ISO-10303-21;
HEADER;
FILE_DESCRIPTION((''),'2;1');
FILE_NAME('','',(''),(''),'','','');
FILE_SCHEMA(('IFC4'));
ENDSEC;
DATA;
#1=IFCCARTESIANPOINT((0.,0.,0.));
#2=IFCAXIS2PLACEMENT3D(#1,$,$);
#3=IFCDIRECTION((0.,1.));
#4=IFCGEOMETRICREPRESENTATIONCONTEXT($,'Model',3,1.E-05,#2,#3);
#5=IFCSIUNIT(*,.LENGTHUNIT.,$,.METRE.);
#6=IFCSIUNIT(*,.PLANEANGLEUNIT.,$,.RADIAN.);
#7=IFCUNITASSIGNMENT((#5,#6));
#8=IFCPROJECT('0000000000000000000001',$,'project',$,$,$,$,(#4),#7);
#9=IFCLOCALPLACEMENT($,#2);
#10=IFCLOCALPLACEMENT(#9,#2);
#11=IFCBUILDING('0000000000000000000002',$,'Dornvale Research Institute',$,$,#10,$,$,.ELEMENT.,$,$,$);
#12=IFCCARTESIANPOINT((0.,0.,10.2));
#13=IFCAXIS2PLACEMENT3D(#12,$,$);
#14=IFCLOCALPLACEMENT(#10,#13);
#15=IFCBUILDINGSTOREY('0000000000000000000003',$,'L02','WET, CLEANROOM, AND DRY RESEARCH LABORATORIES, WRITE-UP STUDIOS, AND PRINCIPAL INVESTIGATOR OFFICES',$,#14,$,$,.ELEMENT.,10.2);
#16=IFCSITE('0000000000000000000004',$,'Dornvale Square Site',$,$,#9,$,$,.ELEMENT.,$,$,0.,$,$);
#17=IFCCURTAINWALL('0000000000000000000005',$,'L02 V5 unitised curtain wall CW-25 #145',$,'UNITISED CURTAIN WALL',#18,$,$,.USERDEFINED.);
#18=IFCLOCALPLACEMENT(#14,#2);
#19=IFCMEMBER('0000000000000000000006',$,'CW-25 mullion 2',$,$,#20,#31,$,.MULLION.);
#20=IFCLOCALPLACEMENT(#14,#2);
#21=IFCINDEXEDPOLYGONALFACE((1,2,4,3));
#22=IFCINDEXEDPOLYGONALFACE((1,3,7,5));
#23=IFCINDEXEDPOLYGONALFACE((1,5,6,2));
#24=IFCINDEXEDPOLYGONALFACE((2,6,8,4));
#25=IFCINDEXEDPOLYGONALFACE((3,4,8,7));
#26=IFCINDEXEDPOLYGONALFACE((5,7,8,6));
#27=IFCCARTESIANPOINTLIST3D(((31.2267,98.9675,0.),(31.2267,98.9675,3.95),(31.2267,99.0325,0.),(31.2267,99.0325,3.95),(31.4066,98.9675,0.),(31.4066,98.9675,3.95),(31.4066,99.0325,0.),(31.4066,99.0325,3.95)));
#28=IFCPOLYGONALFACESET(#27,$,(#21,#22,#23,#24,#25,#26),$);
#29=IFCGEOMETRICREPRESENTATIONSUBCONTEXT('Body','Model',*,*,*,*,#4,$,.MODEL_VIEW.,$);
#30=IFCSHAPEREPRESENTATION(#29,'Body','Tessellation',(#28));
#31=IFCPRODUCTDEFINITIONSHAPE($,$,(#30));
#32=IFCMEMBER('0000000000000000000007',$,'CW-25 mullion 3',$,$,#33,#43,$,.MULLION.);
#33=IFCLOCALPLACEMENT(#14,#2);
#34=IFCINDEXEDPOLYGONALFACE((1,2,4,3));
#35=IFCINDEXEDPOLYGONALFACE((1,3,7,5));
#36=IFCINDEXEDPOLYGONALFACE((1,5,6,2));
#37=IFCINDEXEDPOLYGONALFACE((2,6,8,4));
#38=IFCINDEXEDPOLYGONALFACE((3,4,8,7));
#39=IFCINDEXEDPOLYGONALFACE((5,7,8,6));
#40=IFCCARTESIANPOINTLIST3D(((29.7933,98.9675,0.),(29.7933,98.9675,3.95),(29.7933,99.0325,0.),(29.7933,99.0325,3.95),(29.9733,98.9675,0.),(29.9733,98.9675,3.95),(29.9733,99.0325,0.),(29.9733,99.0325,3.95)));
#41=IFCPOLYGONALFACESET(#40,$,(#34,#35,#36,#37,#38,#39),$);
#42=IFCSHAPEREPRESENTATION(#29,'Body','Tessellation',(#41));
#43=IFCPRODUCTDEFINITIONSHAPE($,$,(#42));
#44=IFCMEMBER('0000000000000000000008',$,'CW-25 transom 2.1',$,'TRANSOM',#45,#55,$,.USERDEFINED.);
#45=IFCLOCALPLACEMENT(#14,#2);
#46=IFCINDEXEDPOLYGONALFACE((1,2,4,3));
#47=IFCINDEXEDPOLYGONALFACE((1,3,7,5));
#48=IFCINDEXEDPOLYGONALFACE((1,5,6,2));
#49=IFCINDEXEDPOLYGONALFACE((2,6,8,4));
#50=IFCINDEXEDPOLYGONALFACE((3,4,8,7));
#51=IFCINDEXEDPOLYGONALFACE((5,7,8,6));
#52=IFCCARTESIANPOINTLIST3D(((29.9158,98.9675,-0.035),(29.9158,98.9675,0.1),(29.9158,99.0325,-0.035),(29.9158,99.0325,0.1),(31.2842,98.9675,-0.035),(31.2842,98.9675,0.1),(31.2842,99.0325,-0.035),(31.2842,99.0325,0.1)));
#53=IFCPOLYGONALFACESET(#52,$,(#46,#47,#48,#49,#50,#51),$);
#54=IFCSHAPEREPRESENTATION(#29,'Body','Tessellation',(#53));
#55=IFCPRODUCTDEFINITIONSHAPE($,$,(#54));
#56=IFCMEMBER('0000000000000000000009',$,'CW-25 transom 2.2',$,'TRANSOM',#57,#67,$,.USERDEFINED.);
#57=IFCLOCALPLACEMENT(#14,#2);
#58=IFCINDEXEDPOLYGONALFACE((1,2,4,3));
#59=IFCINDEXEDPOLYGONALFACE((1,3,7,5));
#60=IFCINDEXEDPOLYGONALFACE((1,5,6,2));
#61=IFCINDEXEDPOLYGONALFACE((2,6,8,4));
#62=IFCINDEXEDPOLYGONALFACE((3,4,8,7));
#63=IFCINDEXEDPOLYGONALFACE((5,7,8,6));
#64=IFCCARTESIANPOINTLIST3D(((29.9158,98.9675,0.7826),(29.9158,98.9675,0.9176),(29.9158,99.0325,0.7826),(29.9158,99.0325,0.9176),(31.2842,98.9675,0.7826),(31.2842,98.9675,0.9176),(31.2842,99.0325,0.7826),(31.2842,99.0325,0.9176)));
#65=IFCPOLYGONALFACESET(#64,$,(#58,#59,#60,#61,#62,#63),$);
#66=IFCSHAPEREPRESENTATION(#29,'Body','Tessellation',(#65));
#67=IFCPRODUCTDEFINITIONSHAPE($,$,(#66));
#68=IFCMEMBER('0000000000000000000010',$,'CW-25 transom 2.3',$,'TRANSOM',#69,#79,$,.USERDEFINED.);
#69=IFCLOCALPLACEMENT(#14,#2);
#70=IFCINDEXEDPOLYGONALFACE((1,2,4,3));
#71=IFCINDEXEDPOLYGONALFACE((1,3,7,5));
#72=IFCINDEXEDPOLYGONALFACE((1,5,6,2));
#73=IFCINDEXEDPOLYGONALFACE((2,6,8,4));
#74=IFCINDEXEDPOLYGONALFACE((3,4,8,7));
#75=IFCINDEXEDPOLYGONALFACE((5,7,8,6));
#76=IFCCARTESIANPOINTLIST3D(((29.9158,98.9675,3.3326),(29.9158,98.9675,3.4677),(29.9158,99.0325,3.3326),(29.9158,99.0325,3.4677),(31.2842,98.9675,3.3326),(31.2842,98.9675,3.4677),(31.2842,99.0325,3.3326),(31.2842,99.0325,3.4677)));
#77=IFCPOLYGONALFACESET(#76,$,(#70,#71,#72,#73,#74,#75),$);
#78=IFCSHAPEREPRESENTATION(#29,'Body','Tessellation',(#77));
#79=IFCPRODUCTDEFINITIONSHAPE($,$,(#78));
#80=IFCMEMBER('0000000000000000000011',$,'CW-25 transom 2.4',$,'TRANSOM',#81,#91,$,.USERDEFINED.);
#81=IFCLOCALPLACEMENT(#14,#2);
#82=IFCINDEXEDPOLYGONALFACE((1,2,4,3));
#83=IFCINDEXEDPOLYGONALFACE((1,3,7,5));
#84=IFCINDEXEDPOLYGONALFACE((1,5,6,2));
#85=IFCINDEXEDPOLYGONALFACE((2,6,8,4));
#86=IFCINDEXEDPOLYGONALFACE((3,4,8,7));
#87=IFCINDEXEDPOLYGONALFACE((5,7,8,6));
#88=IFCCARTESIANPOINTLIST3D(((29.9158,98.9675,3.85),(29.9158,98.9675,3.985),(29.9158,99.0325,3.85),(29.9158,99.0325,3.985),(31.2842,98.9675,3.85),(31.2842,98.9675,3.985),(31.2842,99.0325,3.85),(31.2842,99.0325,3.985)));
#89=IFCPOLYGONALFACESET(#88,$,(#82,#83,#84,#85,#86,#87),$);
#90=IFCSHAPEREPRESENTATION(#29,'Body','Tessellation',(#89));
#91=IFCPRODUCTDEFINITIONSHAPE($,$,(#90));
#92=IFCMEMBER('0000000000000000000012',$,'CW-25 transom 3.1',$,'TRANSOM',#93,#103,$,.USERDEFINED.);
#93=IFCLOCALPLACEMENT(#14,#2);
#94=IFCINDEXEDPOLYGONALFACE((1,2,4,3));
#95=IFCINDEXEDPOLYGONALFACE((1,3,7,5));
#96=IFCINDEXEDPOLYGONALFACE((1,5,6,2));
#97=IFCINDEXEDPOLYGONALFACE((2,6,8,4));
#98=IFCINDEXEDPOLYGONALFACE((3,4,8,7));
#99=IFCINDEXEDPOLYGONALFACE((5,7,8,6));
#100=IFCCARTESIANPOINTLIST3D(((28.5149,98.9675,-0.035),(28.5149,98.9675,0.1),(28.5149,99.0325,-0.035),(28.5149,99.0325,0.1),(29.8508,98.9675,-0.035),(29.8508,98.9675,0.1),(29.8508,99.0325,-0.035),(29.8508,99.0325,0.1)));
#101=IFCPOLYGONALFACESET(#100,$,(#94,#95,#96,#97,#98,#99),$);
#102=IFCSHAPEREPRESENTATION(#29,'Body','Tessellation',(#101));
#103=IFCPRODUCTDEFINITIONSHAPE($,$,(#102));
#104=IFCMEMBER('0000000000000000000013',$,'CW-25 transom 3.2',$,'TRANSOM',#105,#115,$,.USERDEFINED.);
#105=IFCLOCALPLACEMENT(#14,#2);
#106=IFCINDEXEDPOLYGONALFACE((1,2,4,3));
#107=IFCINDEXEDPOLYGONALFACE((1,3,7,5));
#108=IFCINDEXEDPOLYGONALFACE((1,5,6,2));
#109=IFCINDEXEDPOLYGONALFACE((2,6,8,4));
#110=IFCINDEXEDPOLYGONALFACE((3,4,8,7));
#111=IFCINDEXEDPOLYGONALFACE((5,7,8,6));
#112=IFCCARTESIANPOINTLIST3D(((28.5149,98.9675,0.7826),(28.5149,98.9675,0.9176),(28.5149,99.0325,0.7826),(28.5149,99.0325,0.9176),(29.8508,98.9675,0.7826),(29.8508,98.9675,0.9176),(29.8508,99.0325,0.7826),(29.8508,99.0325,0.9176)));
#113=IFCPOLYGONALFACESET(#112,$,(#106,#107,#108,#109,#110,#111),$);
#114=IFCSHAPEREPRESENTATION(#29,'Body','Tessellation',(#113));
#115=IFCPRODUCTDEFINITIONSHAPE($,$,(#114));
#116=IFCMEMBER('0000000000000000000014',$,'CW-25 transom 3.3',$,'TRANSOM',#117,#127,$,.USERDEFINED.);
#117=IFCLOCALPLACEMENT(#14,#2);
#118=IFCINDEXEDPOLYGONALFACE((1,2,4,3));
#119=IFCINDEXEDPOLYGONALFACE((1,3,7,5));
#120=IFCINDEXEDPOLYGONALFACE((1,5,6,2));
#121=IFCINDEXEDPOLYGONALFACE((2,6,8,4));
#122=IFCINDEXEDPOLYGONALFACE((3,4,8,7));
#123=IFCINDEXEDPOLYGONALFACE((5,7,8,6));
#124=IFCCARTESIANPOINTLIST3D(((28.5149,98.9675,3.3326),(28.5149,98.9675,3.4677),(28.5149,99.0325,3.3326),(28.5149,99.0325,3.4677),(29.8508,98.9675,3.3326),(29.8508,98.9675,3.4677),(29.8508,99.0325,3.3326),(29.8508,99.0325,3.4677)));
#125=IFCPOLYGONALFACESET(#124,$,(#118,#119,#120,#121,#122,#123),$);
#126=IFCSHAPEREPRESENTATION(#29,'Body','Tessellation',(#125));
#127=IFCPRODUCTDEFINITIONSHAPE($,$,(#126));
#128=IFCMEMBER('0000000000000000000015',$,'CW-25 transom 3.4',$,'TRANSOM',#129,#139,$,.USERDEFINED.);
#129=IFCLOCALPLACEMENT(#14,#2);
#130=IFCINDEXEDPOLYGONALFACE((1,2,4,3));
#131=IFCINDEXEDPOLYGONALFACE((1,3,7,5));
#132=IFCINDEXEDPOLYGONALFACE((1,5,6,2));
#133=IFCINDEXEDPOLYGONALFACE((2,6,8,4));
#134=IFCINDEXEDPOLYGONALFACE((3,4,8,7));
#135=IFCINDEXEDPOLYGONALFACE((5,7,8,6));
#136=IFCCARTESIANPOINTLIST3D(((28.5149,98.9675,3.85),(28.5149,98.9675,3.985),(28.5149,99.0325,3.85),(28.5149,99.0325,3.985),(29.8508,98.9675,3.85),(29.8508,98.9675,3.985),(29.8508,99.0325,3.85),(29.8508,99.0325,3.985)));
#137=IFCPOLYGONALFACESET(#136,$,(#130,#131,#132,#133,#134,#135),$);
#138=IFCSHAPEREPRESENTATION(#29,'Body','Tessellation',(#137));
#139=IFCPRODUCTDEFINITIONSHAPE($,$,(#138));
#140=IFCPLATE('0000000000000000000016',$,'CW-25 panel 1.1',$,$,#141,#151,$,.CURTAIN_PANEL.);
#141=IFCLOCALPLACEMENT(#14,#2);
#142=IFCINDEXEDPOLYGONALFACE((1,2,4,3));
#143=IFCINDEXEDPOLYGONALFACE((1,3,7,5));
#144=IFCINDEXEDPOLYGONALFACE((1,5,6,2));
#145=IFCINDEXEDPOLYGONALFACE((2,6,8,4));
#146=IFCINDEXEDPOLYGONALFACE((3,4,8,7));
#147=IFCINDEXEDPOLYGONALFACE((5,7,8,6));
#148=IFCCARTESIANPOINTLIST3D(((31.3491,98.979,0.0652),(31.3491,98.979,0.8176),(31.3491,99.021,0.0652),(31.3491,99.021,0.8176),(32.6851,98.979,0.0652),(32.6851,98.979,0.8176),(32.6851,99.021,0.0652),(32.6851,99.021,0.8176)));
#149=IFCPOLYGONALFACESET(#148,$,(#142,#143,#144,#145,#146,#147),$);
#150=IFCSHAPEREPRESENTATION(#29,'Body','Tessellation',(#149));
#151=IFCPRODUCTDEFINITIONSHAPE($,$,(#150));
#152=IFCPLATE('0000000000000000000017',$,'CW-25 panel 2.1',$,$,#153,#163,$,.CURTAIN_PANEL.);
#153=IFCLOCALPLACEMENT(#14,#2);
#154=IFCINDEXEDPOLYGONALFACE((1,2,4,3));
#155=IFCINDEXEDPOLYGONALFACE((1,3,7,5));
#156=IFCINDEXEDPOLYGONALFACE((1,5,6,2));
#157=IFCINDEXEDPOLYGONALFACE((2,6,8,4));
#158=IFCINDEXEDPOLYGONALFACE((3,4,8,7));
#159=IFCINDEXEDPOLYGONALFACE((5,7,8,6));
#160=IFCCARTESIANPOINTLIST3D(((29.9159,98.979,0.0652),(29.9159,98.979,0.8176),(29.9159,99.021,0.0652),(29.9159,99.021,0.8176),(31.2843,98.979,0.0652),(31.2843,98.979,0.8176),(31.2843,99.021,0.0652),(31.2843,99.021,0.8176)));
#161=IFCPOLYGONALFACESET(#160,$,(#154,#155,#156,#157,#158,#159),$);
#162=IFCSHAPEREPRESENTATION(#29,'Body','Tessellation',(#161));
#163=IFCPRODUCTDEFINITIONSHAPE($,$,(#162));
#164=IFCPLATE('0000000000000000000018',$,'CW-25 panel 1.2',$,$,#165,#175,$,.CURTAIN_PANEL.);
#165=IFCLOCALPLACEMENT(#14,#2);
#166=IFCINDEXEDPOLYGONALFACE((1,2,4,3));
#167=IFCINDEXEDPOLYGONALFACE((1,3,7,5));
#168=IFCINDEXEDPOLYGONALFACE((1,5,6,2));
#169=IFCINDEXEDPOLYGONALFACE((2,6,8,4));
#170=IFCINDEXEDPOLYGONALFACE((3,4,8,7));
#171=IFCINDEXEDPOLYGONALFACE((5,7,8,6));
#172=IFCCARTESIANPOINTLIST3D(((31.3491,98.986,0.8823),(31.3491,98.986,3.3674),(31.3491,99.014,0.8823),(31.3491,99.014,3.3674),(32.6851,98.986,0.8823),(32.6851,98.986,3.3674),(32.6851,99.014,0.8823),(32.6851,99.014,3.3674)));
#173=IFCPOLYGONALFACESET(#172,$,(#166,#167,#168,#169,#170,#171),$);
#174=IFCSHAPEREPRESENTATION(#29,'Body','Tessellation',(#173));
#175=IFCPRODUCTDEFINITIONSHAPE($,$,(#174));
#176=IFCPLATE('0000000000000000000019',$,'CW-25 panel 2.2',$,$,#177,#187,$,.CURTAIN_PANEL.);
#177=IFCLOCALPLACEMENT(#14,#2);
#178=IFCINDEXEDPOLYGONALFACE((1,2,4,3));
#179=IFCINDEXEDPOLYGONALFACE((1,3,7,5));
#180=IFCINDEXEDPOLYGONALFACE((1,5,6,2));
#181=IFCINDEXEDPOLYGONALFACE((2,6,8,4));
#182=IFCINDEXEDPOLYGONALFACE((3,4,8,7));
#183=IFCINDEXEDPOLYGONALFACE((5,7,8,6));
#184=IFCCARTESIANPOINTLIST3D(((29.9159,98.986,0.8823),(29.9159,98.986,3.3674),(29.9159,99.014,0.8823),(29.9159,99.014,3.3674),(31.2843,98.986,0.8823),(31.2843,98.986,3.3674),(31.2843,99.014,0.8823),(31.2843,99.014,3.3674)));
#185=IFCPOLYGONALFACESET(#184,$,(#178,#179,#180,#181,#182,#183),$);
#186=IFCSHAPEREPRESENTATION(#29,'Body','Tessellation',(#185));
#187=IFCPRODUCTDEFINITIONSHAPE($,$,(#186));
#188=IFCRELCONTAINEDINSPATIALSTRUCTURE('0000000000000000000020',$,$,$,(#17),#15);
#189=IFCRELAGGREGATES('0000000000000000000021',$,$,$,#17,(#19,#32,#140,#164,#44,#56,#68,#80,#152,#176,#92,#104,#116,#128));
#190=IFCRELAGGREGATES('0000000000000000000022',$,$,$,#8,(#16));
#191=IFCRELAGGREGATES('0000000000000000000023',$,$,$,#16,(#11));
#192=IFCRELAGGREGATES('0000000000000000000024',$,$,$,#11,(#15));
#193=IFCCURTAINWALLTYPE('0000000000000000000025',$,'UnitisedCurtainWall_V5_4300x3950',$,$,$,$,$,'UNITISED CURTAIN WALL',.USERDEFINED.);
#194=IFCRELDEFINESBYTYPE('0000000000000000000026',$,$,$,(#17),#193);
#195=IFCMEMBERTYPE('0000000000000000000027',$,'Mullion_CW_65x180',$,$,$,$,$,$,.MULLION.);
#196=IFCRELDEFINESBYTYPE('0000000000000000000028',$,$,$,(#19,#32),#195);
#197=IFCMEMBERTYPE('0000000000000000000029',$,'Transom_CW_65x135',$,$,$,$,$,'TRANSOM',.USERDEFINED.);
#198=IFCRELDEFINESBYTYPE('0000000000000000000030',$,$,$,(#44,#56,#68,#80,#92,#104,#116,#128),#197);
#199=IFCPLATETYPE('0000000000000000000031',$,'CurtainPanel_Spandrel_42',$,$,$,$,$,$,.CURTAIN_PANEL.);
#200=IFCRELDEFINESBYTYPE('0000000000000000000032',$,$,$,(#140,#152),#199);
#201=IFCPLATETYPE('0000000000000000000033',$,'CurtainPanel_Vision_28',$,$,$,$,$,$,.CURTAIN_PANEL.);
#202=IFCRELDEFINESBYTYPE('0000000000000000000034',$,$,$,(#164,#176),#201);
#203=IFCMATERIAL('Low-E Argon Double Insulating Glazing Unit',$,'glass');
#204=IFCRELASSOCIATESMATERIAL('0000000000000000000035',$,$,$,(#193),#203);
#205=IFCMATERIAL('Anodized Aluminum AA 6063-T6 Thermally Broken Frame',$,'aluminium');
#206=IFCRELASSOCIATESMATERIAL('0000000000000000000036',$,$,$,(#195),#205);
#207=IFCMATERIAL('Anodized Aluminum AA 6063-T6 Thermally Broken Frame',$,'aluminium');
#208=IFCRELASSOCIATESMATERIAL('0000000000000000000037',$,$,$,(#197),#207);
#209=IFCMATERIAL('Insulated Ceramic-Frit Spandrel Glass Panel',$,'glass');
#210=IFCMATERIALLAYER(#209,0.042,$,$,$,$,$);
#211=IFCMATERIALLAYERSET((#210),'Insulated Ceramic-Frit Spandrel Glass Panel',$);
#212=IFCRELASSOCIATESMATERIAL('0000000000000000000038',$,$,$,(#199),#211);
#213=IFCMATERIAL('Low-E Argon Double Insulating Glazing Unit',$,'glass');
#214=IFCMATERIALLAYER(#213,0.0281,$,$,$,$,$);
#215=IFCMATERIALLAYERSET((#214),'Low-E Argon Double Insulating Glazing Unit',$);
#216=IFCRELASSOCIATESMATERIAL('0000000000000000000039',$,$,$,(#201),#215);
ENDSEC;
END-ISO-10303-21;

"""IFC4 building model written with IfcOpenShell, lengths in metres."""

from ifc_helpers import new_model, si_unit, direction, frame, origin, origin_2d, place, context, subcontext, project, spatial, rectangle, extrude, material, layer, layer_set, material_profile, profile_set, type_object, element, aggregate, save


model = new_model("IFC4")

# Units and contexts
model_context = context("Model", 3, precision=1e-05, world=origin(), true_north=direction((0.0, 1.0)))
body_context = subcontext(model_context, "Body", "Model", "MODEL_VIEW")
ifc_project = project(units=[si_unit("LENGTHUNIT", "METRE"), si_unit("PLANEANGLEUNIT", "RADIAN")], contexts=[model_context])

# Site, building, storey
site_placement = place(None, origin())
site = spatial("IfcSite", under=ifc_project, at=site_placement, Name="Dornvale Square Site", CompositionType="ELEMENT", RefElevation=0.0)
building_placement = place(site_placement, origin())
building = spatial("IfcBuilding", under=site, at=building_placement, Name="Dornvale Research Institute", CompositionType="ELEMENT")
storey_placement = place(building_placement, frame((0.0, 0.0, 10.2)))
storey = spatial("IfcBuildingStorey", under=building, at=storey_placement, Name="L02", Description="WET, CLEANROOM, AND DRY RESEARCH LABORATORIES, WRITE-UP STUDIOS, AND PRINCIPAL INVESTIGATOR OFFICES", CompositionType="ELEMENT", Elevation=10.2)

# Curtain wall, members, plates
ifc_material_1 = material(Name="Low-E Argon Double Insulating Glazing Unit", Category="glass")
curtain_wall_type = type_object("IfcCurtainWallType", Name="UnitisedCurtainWall_V5_4300x3950", ElementType="UNITISED CURTAIN WALL", PredefinedType="USERDEFINED", material=ifc_material_1)
curtain_wall_placement = place(storey_placement, origin())
curtain_wall = element("IfcCurtainWall", 1, at=curtain_wall_placement, inside=storey, type_object=curtain_wall_type, Name="L02 V5 unitised curtain wall CW-25 #145", ObjectType="UNITISED CURTAIN WALL", PredefinedType="USERDEFINED")
ifc_material_2 = material(Name="Anodized Aluminum AA 6063-T6 Thermally Broken Frame", Category="aluminium")
ifc_material_profile_1 = material_profile(ifc_material_2, rectangle(XDim=0.0649, YDim=0.1799, at=origin_2d()), Name="ALU MULLION 65x180")
ifc_profile_set_1 = profile_set([ifc_material_profile_1], Name="Anodized Aluminum AA 6063-T6 Thermally Broken Frame")
member_type_1 = type_object("IfcMemberType", Name="Mullion_CW_65x180", PredefinedType="MULLION", material=ifc_profile_set_1)
member_1_placement = place(storey_placement, frame((31.3167, 99.0, 0.0), z_axis=(0.0, 0.0, 1.0), x_axis=(0.0, -1.0, 0.0)))
member_1 = element("IfcMember", 2, at=member_1_placement, type_object=member_type_1, Name="CW-25 mullion 2", PredefinedType="MULLION", context=body_context, shape_type="SweptSolid", body=[
    extrude(rectangle(XDim=0.0649, YDim=0.1799, at=origin_2d()), origin(), (0.0, 0.0, 1.0), 3.95),
])
member_2_placement = place(storey_placement, frame((29.8833, 99.0, 0.0), z_axis=(0.0, 0.0, 1.0), x_axis=(0.0, -1.0, 0.0)))
member_2 = element("IfcMember", 3, at=member_2_placement, type_object=member_type_1, Name="CW-25 mullion 3", PredefinedType="MULLION", context=body_context, shape_type="SweptSolid", body=[
    extrude(rectangle(XDim=0.0649, YDim=0.1799, at=origin_2d()), origin(), (0.0, 0.0, 1.0), 3.95),
])
ifc_material_3 = material(Name="Anodized Aluminum AA 6063-T6 Thermally Broken Frame", Category="aluminium")
ifc_material_profile_2 = material_profile(ifc_material_3, rectangle(XDim=0.0649, YDim=0.135, at=origin_2d()), Name="ALU TRANSOM 65x135")
ifc_profile_set_2 = profile_set([ifc_material_profile_2], Name="Anodized Aluminum AA 6063-T6 Thermally Broken Frame")
member_type_2 = type_object("IfcMemberType", Name="Transom_CW_65x135", ElementType="TRANSOM", PredefinedType="USERDEFINED", material=ifc_profile_set_2)
member_3_placement = place(storey_placement, frame((31.2842, 99.0, 0.0325), z_axis=(-1.0, 0.0, 0.0), x_axis=(0.0, -1.0, 0.0)))
member_3 = element("IfcMember", 4, at=member_3_placement, type_object=member_type_2, Name="CW-25 transom 2.1", ObjectType="TRANSOM", PredefinedType="USERDEFINED", context=body_context, shape_type="SweptSolid", body=[
    extrude(rectangle(XDim=0.0649, YDim=0.135, at=origin_2d()), origin(), (0.0, 0.0, 1.0), 1.3684),
])
member_4_placement = place(storey_placement, frame((31.2842, 99.0, 0.8501), z_axis=(-1.0, 0.0, 0.0), x_axis=(0.0, -1.0, 0.0)))
member_4 = element("IfcMember", 5, at=member_4_placement, type_object=member_type_2, Name="CW-25 transom 2.2", ObjectType="TRANSOM", PredefinedType="USERDEFINED", context=body_context, shape_type="SweptSolid", body=[
    extrude(rectangle(XDim=0.0649, YDim=0.135, at=origin_2d()), origin(), (0.0, 0.0, 1.0), 1.3684),
])
member_5_placement = place(storey_placement, frame((31.2842, 99.0, 3.4001), z_axis=(-1.0, 0.0, 0.0), x_axis=(0.0, -1.0, 0.0)))
member_5 = element("IfcMember", 6, at=member_5_placement, type_object=member_type_2, Name="CW-25 transom 2.3", ObjectType="TRANSOM", PredefinedType="USERDEFINED", context=body_context, shape_type="SweptSolid", body=[
    extrude(rectangle(XDim=0.0649, YDim=0.135, at=origin_2d()), origin(), (0.0, 0.0, 1.0), 1.3684),
])
member_6_placement = place(storey_placement, frame((31.2842, 99.0, 3.9175), z_axis=(-1.0, 0.0, 0.0), x_axis=(0.0, -1.0, 0.0)))
member_6 = element("IfcMember", 7, at=member_6_placement, type_object=member_type_2, Name="CW-25 transom 2.4", ObjectType="TRANSOM", PredefinedType="USERDEFINED", context=body_context, shape_type="SweptSolid", body=[
    extrude(rectangle(XDim=0.0649, YDim=0.135, at=origin_2d()), origin(), (0.0, 0.0, 1.0), 1.3684),
])
member_7_placement = place(storey_placement, frame((29.8508, 99.0, 0.0325), z_axis=(-1.0, 0.0, 0.0), x_axis=(0.0, -1.0, 0.0)))
member_7 = element("IfcMember", 8, at=member_7_placement, type_object=member_type_2, Name="CW-25 transom 3.1", ObjectType="TRANSOM", PredefinedType="USERDEFINED", context=body_context, shape_type="SweptSolid", body=[
    extrude(rectangle(XDim=0.0649, YDim=0.135, at=origin_2d()), origin(), (0.0, 0.0, 1.0), 1.3359),
])
member_8_placement = place(storey_placement, frame((29.8508, 99.0, 0.8501), z_axis=(-1.0, 0.0, 0.0), x_axis=(0.0, -1.0, 0.0)))
member_8 = element("IfcMember", 9, at=member_8_placement, type_object=member_type_2, Name="CW-25 transom 3.2", ObjectType="TRANSOM", PredefinedType="USERDEFINED", context=body_context, shape_type="SweptSolid", body=[
    extrude(rectangle(XDim=0.0649, YDim=0.135, at=origin_2d()), origin(), (0.0, 0.0, 1.0), 1.3359),
])
member_9_placement = place(storey_placement, frame((29.8508, 99.0, 3.4001), z_axis=(-1.0, 0.0, 0.0), x_axis=(0.0, -1.0, 0.0)))
member_9 = element("IfcMember", 10, at=member_9_placement, type_object=member_type_2, Name="CW-25 transom 3.3", ObjectType="TRANSOM", PredefinedType="USERDEFINED", context=body_context, shape_type="SweptSolid", body=[
    extrude(rectangle(XDim=0.0649, YDim=0.135, at=origin_2d()), origin(), (0.0, 0.0, 1.0), 1.3359),
])
member_10_placement = place(storey_placement, frame((29.8508, 99.0, 3.9175), z_axis=(-1.0, 0.0, 0.0), x_axis=(0.0, -1.0, 0.0)))
member_10 = element("IfcMember", 11, at=member_10_placement, type_object=member_type_2, Name="CW-25 transom 3.4", ObjectType="TRANSOM", PredefinedType="USERDEFINED", context=body_context, shape_type="SweptSolid", body=[
    extrude(rectangle(XDim=0.0649, YDim=0.135, at=origin_2d()), origin(), (0.0, 0.0, 1.0), 1.3359),
])
ifc_material_4 = material(Name="Insulated Ceramic-Frit Spandrel Glass Panel", Category="glass")
ifc_layer_1 = layer(ifc_material_4, 0.042)
ifc_layer_set_1 = layer_set([ifc_layer_1], Name="Insulated Ceramic-Frit Spandrel Glass Panel")
plate_type_1 = type_object("IfcPlateType", Name="CurtainPanel_Spandrel_42", PredefinedType="CURTAIN_PANEL", material=ifc_layer_set_1)
plate_1_placement = place(storey_placement, frame((32.0171, 99.0, 0.0652), z_axis=(0.0, 0.0, 1.0), x_axis=(-1.0, 0.0, 0.0)))
plate_1 = element("IfcPlate", 12, at=plate_1_placement, type_object=plate_type_1, Name="CW-25 panel 1.1", PredefinedType="CURTAIN_PANEL", context=body_context, shape_type="SweptSolid", body=[
    extrude(rectangle(XDim=1.3359, YDim=0.042, at=origin_2d()), origin(), (0.0, 0.0, 1.0), 0.7524),
])
plate_2_placement = place(storey_placement, frame((30.6001, 99.0, 0.0652), z_axis=(0.0, 0.0, 1.0), x_axis=(-1.0, 0.0, 0.0)))
plate_2 = element("IfcPlate", 13, at=plate_2_placement, type_object=plate_type_1, Name="CW-25 panel 2.1", PredefinedType="CURTAIN_PANEL", context=body_context, shape_type="SweptSolid", body=[
    extrude(rectangle(XDim=1.3684, YDim=0.042, at=origin_2d()), origin(), (0.0, 0.0, 1.0), 0.7524),
])
ifc_material_5 = material(Name="Low-E Argon Double Insulating Glazing Unit", Category="glass")
ifc_layer_2 = layer(ifc_material_5, 0.0281)
ifc_layer_set_2 = layer_set([ifc_layer_2], Name="Low-E Argon Double Insulating Glazing Unit")
plate_type_2 = type_object("IfcPlateType", Name="CurtainPanel_Vision_28", PredefinedType="CURTAIN_PANEL", material=ifc_layer_set_2)
plate_3_placement = place(storey_placement, frame((32.0171, 99.0, 0.8823), z_axis=(0.0, 0.0, 1.0), x_axis=(-1.0, 0.0, 0.0)))
plate_3 = element("IfcPlate", 14, at=plate_3_placement, type_object=plate_type_2, Name="CW-25 panel 1.2", PredefinedType="CURTAIN_PANEL", context=body_context, shape_type="SweptSolid", body=[
    extrude(rectangle(XDim=1.3359, YDim=0.0281, at=origin_2d()), origin(), (0.0, 0.0, 1.0), 2.4851),
])
plate_4_placement = place(storey_placement, frame((30.6001, 99.0, 0.8823), z_axis=(0.0, 0.0, 1.0), x_axis=(-1.0, 0.0, 0.0)))
plate_4 = element("IfcPlate", 15, at=plate_4_placement, type_object=plate_type_2, Name="CW-25 panel 2.2", PredefinedType="CURTAIN_PANEL", context=body_context, shape_type="SweptSolid", body=[
    extrude(rectangle(XDim=1.3684, YDim=0.0281, at=origin_2d()), origin(), (0.0, 0.0, 1.0), 2.4851),
])
aggregate(curtain_wall, [member_1, member_2, plate_1, plate_3, member_3, member_4, member_5, member_6, plate_2, plate_4, member_7, member_8, member_9, member_10])

save(model, "model.ifc")
